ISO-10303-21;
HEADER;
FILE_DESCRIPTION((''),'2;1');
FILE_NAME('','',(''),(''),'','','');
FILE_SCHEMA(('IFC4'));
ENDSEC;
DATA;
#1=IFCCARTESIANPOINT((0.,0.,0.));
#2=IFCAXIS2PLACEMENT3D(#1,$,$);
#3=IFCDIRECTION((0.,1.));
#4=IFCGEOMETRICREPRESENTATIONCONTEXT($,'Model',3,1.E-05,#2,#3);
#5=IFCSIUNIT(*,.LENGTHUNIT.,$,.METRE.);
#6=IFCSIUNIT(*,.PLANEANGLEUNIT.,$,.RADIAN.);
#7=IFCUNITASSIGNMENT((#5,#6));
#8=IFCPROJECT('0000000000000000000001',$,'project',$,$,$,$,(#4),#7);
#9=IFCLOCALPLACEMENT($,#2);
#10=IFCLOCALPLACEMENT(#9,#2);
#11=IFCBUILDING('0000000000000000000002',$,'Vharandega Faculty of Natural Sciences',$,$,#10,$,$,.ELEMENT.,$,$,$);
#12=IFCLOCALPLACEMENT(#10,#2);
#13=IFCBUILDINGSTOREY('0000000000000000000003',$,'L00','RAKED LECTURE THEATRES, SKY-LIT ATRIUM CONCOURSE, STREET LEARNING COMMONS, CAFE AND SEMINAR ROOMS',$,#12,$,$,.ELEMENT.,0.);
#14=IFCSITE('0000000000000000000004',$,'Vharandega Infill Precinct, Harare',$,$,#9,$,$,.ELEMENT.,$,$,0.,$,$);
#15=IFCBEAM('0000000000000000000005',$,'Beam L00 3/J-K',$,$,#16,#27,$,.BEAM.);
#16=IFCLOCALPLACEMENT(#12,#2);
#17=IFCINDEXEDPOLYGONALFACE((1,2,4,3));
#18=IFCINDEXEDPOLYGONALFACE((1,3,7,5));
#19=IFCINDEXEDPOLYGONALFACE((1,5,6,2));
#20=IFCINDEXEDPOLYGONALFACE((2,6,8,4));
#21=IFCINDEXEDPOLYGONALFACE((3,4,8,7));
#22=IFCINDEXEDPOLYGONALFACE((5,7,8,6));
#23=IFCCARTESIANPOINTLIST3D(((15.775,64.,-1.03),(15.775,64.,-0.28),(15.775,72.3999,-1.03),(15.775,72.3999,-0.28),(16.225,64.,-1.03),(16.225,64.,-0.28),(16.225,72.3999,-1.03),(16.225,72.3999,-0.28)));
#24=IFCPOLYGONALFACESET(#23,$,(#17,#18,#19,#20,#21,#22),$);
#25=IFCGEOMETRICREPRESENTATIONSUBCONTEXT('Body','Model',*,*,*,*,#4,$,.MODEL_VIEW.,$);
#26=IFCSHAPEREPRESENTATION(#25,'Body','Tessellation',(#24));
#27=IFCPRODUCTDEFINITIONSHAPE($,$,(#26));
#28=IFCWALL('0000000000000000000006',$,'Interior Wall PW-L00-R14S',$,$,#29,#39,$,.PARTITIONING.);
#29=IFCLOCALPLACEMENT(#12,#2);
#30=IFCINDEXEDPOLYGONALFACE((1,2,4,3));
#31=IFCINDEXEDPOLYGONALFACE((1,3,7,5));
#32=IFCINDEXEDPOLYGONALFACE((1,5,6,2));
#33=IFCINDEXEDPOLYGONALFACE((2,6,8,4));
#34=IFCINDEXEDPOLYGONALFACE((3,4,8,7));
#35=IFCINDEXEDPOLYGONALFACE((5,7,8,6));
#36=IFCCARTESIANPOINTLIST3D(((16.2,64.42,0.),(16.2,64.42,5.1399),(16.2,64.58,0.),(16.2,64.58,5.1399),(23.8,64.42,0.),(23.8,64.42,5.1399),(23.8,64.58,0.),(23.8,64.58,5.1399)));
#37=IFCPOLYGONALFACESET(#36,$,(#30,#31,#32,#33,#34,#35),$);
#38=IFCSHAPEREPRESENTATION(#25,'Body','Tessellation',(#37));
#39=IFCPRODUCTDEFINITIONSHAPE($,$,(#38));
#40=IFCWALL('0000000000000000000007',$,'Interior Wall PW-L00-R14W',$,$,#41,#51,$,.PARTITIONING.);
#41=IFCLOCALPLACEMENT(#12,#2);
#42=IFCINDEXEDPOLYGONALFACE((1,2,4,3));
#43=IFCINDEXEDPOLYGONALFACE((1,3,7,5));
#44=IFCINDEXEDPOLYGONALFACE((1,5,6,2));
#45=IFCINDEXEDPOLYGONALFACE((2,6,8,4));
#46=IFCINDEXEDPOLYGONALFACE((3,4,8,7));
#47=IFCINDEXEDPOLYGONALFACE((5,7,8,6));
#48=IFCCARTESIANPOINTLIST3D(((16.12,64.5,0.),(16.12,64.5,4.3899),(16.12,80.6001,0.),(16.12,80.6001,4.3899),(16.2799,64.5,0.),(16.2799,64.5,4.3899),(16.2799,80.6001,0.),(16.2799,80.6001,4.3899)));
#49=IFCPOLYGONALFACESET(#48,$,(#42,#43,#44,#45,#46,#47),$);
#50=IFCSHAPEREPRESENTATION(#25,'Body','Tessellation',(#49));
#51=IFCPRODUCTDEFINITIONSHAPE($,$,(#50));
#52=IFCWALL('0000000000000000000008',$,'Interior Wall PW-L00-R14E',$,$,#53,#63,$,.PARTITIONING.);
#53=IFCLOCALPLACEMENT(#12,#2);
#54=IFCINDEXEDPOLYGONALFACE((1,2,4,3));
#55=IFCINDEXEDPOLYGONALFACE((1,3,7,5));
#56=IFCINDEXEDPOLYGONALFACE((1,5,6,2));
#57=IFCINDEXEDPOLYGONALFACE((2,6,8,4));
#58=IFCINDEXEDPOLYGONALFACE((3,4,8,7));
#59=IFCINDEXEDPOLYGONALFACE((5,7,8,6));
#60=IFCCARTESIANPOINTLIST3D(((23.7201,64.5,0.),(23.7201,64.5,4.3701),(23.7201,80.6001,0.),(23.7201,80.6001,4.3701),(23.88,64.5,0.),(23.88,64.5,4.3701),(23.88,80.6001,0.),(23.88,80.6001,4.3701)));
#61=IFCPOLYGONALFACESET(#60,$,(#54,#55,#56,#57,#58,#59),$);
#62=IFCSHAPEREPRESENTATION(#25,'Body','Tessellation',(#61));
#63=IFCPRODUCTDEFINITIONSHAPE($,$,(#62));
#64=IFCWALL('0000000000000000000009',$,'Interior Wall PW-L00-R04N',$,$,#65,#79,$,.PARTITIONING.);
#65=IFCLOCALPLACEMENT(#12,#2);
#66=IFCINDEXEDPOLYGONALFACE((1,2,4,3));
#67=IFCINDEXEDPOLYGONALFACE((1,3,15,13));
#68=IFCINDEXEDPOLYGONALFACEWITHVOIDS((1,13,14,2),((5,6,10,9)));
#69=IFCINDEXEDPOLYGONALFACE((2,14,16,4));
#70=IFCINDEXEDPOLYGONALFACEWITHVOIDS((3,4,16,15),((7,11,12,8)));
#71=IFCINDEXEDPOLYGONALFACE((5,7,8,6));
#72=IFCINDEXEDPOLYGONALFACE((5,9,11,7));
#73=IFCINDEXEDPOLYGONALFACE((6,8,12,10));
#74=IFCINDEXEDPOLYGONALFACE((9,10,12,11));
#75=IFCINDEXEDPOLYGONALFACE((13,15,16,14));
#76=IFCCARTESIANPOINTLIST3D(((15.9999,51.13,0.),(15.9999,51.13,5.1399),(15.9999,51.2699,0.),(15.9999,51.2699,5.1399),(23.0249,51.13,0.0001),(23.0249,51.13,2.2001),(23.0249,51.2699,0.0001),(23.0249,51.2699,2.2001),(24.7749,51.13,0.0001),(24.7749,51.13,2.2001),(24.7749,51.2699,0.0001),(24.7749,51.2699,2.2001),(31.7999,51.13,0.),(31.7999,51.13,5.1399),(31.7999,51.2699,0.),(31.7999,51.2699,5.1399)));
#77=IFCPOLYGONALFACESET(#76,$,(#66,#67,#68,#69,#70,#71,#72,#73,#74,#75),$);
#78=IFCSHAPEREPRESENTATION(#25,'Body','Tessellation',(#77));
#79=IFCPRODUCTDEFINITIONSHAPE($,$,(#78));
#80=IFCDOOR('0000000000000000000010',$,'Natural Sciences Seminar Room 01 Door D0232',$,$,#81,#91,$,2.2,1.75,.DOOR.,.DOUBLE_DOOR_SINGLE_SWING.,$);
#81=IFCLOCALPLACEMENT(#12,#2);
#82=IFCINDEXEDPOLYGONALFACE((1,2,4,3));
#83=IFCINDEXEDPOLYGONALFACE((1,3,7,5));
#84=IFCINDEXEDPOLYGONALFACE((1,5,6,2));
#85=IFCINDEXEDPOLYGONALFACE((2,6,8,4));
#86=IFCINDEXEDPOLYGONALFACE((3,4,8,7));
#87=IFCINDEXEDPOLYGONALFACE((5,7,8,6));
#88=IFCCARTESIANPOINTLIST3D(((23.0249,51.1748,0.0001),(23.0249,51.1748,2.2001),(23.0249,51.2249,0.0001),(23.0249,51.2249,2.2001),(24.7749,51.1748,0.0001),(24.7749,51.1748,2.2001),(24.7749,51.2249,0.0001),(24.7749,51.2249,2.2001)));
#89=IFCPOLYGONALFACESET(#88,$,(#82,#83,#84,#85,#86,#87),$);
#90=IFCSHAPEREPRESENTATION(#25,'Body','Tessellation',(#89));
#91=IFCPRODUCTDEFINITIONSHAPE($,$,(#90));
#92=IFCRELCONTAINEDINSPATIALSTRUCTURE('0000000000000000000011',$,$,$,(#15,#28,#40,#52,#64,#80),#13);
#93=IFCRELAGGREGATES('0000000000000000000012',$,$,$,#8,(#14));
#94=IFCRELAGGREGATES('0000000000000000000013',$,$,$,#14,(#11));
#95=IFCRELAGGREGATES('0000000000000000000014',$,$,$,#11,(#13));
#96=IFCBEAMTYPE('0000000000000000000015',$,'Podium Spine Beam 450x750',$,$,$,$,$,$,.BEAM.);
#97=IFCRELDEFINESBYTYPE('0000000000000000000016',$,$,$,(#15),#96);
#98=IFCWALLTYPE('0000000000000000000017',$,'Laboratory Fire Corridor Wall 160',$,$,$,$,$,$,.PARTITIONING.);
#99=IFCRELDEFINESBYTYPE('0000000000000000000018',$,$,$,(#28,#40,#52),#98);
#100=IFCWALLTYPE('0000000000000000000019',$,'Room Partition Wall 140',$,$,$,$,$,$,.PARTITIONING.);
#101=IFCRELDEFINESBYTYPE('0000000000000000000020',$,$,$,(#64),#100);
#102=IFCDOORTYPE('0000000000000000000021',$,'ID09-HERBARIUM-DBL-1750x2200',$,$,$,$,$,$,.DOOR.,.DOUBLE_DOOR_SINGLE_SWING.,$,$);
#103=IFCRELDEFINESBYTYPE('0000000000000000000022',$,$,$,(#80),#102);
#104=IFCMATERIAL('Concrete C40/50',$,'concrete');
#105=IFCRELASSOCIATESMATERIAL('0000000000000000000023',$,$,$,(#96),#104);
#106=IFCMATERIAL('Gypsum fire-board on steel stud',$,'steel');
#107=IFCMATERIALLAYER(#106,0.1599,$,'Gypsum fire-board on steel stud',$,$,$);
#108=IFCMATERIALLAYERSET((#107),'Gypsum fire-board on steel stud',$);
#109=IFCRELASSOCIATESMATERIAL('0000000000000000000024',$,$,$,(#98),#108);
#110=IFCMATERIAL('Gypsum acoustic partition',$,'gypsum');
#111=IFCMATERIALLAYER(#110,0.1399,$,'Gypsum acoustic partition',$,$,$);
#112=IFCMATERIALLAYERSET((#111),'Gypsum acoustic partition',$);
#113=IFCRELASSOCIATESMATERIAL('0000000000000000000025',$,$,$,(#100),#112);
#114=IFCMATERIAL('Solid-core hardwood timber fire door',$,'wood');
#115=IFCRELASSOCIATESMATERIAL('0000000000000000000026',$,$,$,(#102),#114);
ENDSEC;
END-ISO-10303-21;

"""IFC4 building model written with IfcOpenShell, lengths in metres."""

from ifc_helpers import new_model, si_unit, direction, frame, frame_2d, origin, origin_2d, place, context, subcontext, project, spatial, rectangle, extrude, material, layer, layer_set, material_profile, profile_set, type_object, element, fill, save


model = new_model("IFC4")

# Units and contexts
model_context = context("Model", 3, precision=1e-05, world=origin(), true_north=direction((0.0, 1.0)))
body_context = subcontext(model_context, "Body", "Model", "MODEL_VIEW")
ifc_project = project(units=[si_unit("LENGTHUNIT", "METRE"), si_unit("PLANEANGLEUNIT", "RADIAN")], contexts=[model_context])

# Site, building, storey
site_placement = place(None, origin())
site = spatial("IfcSite", under=ifc_project, at=site_placement, Name="Vharandega Infill Precinct, Harare", CompositionType="ELEMENT", RefElevation=0.0)
building_placement = place(site_placement, origin())
building = spatial("IfcBuilding", under=site, at=building_placement, Name="Vharandega Faculty of Natural Sciences", CompositionType="ELEMENT")
storey_placement = place(building_placement, origin())
storey = spatial("IfcBuildingStorey", under=building, at=storey_placement, Name="L00", Description="RAKED LECTURE THEATRES, SKY-LIT ATRIUM CONCOURSE, STREET LEARNING COMMONS, CAFE AND SEMINAR ROOMS", CompositionType="ELEMENT", Elevation=0.0)

# Beam
ifc_material_1 = material(Name="Concrete C40/50", Category="concrete")
ifc_material_profile_1 = material_profile(ifc_material_1, rectangle(XDim=0.45, YDim=0.75, at=origin_2d()), Name="RC 450x750")
ifc_profile_set_1 = profile_set([ifc_material_profile_1], Name="Concrete C40/50")
beam_type_1 = type_object("IfcBeamType", Name="Podium Spine Beam 450x750", PredefinedType="BEAM", material=ifc_profile_set_1)
beam_1_placement = place(storey_placement, frame((16.0, 64.0, -0.655), z_axis=(0.0, 1.0, 0.0), x_axis=(-1.0, 0.0, 0.0)))
element("IfcBeam", 1, at=beam_1_placement, inside=storey, type_object=beam_type_1, Name="Beam L00 3/J-K", PredefinedType="BEAM", context=body_context, shape_type="SweptSolid", body=[
    extrude(rectangle(XDim=0.45, YDim=0.75, at=origin_2d()), origin(), (0.0, 0.0, 1.0), 8.3999),
])

# Walls
ifc_material_2 = material(Name="Gypsum fire-board on steel stud", Category="steel")
ifc_layer_1 = layer(ifc_material_2, 0.1599, Name="Gypsum fire-board on steel stud")
ifc_layer_set_1 = layer_set([ifc_layer_1], Name="Gypsum fire-board on steel stud")
wall_type_1 = type_object("IfcWallType", Name="Laboratory Fire Corridor Wall 160", PredefinedType="PARTITIONING", material=ifc_layer_set_1)
wall_1_placement = place(storey_placement, frame((16.2, 64.5, 0.0), z_axis=(0.0, 0.0, 1.0), x_axis=(1.0, 0.0, 0.0)))
element("IfcWall", 2, at=wall_1_placement, inside=storey, type_object=wall_type_1, Name="Interior Wall PW-L00-R14S", PredefinedType="PARTITIONING", context=body_context, shape_type="SweptSolid", body=[
    extrude(rectangle(XDim=7.6001, YDim=0.1599, at=frame_2d((3.8, 0.0))), origin(), (0.0, 0.0, 1.0), 5.1399),
])
wall_2_placement = place(storey_placement, frame((16.2, 64.5, 0.0), z_axis=(0.0, 0.0, 1.0), x_axis=(0.0, 1.0, 0.0)))
element("IfcWall", 3, at=wall_2_placement, inside=storey, type_object=wall_type_1, Name="Interior Wall PW-L00-R14W", PredefinedType="PARTITIONING", context=body_context, shape_type="SweptSolid", body=[
    extrude(rectangle(XDim=16.1001, YDim=0.1599, at=frame_2d((8.05, 0.0))), origin(), (0.0, 0.0, 1.0), 4.3899),
])
wall_3_placement = place(storey_placement, frame((23.8, 64.5, 0.0), z_axis=(0.0, 0.0, 1.0), x_axis=(0.0, 1.0, 0.0)))
element("IfcWall", 4, at=wall_3_placement, inside=storey, type_object=wall_type_1, Name="Interior Wall PW-L00-R14E", PredefinedType="PARTITIONING", context=body_context, shape_type="SweptSolid", body=[
    extrude(rectangle(XDim=16.1001, YDim=0.1599, at=frame_2d((8.05, 0.0))), origin(), (0.0, 0.0, 1.0), 4.3701),
])

# Wall, opening, door
ifc_material_3 = material(Name="Gypsum acoustic partition", Category="gypsum")
ifc_layer_2 = layer(ifc_material_3, 0.1399, Name="Gypsum acoustic partition")
ifc_layer_set_2 = layer_set([ifc_layer_2], Name="Gypsum acoustic partition")
wall_type_2 = type_object("IfcWallType", Name="Room Partition Wall 140", PredefinedType="PARTITIONING", material=ifc_layer_set_2)
wall_4_placement = place(storey_placement, frame((16.0, 51.2, 0.0), z_axis=(0.0, 0.0, 1.0), x_axis=(1.0, 0.0, 0.0)))
wall_4 = element("IfcWall", 5, at=wall_4_placement, inside=storey, type_object=wall_type_2, Name="Interior Wall PW-L00-R04N", PredefinedType="PARTITIONING", context=body_context, shape_type="SweptSolid", body=[
    extrude(rectangle(XDim=15.8, YDim=0.1399, at=frame_2d((7.8999, 0.0))), origin(), (0.0, 0.0, 1.0), 5.1399),
])
opening_placement = place(wall_4_placement, frame((7.0249, 0.0, 0.0)))
opening = element("IfcOpeningElement", 6, at=opening_placement, cuts=wall_4, PredefinedType="OPENING", context=body_context, shape_type="SweptSolid", body=[
    extrude(rectangle(XDim=1.75, YDim=2.2, at=frame_2d((0.875, 1.1001))), frame((0.0, 0.0801, 0.0), z_axis=(0.0, -1.0, 0.0), x_axis=(1.0, 0.0, 0.0)), (0.0, 0.0, 1.0), 0.1599),
])
ifc_material_4 = material(Name="Solid-core hardwood timber fire door", Category="wood")
door_type = type_object("IfcDoorType", Name="ID09-HERBARIUM-DBL-1750x2200", OperationType="DOUBLE_DOOR_SINGLE_SWING", PredefinedType="DOOR", material=ifc_material_4)
door_placement = place(opening_placement, origin())
door = element("IfcDoor", 7, at=door_placement, inside=storey, type_object=door_type, Name="Natural Sciences Seminar Room 01 Door D0232", OperationType="DOUBLE_DOOR_SINGLE_SWING", OverallHeight=2.2, OverallWidth=1.75, PredefinedType="DOOR", context=body_context, shape_type="SweptSolid", body=[
    extrude(rectangle(XDim=1.75, YDim=2.2, at=frame_2d((0.875, 1.1001))), frame((0.0, 0.0249, 0.0), z_axis=(0.0, -1.0, 0.0), x_axis=(1.0, 0.0, 0.0)), (0.0, 0.0, 1.0), 0.05),
])
fill(opening, door)

save(model, "model.ifc")
